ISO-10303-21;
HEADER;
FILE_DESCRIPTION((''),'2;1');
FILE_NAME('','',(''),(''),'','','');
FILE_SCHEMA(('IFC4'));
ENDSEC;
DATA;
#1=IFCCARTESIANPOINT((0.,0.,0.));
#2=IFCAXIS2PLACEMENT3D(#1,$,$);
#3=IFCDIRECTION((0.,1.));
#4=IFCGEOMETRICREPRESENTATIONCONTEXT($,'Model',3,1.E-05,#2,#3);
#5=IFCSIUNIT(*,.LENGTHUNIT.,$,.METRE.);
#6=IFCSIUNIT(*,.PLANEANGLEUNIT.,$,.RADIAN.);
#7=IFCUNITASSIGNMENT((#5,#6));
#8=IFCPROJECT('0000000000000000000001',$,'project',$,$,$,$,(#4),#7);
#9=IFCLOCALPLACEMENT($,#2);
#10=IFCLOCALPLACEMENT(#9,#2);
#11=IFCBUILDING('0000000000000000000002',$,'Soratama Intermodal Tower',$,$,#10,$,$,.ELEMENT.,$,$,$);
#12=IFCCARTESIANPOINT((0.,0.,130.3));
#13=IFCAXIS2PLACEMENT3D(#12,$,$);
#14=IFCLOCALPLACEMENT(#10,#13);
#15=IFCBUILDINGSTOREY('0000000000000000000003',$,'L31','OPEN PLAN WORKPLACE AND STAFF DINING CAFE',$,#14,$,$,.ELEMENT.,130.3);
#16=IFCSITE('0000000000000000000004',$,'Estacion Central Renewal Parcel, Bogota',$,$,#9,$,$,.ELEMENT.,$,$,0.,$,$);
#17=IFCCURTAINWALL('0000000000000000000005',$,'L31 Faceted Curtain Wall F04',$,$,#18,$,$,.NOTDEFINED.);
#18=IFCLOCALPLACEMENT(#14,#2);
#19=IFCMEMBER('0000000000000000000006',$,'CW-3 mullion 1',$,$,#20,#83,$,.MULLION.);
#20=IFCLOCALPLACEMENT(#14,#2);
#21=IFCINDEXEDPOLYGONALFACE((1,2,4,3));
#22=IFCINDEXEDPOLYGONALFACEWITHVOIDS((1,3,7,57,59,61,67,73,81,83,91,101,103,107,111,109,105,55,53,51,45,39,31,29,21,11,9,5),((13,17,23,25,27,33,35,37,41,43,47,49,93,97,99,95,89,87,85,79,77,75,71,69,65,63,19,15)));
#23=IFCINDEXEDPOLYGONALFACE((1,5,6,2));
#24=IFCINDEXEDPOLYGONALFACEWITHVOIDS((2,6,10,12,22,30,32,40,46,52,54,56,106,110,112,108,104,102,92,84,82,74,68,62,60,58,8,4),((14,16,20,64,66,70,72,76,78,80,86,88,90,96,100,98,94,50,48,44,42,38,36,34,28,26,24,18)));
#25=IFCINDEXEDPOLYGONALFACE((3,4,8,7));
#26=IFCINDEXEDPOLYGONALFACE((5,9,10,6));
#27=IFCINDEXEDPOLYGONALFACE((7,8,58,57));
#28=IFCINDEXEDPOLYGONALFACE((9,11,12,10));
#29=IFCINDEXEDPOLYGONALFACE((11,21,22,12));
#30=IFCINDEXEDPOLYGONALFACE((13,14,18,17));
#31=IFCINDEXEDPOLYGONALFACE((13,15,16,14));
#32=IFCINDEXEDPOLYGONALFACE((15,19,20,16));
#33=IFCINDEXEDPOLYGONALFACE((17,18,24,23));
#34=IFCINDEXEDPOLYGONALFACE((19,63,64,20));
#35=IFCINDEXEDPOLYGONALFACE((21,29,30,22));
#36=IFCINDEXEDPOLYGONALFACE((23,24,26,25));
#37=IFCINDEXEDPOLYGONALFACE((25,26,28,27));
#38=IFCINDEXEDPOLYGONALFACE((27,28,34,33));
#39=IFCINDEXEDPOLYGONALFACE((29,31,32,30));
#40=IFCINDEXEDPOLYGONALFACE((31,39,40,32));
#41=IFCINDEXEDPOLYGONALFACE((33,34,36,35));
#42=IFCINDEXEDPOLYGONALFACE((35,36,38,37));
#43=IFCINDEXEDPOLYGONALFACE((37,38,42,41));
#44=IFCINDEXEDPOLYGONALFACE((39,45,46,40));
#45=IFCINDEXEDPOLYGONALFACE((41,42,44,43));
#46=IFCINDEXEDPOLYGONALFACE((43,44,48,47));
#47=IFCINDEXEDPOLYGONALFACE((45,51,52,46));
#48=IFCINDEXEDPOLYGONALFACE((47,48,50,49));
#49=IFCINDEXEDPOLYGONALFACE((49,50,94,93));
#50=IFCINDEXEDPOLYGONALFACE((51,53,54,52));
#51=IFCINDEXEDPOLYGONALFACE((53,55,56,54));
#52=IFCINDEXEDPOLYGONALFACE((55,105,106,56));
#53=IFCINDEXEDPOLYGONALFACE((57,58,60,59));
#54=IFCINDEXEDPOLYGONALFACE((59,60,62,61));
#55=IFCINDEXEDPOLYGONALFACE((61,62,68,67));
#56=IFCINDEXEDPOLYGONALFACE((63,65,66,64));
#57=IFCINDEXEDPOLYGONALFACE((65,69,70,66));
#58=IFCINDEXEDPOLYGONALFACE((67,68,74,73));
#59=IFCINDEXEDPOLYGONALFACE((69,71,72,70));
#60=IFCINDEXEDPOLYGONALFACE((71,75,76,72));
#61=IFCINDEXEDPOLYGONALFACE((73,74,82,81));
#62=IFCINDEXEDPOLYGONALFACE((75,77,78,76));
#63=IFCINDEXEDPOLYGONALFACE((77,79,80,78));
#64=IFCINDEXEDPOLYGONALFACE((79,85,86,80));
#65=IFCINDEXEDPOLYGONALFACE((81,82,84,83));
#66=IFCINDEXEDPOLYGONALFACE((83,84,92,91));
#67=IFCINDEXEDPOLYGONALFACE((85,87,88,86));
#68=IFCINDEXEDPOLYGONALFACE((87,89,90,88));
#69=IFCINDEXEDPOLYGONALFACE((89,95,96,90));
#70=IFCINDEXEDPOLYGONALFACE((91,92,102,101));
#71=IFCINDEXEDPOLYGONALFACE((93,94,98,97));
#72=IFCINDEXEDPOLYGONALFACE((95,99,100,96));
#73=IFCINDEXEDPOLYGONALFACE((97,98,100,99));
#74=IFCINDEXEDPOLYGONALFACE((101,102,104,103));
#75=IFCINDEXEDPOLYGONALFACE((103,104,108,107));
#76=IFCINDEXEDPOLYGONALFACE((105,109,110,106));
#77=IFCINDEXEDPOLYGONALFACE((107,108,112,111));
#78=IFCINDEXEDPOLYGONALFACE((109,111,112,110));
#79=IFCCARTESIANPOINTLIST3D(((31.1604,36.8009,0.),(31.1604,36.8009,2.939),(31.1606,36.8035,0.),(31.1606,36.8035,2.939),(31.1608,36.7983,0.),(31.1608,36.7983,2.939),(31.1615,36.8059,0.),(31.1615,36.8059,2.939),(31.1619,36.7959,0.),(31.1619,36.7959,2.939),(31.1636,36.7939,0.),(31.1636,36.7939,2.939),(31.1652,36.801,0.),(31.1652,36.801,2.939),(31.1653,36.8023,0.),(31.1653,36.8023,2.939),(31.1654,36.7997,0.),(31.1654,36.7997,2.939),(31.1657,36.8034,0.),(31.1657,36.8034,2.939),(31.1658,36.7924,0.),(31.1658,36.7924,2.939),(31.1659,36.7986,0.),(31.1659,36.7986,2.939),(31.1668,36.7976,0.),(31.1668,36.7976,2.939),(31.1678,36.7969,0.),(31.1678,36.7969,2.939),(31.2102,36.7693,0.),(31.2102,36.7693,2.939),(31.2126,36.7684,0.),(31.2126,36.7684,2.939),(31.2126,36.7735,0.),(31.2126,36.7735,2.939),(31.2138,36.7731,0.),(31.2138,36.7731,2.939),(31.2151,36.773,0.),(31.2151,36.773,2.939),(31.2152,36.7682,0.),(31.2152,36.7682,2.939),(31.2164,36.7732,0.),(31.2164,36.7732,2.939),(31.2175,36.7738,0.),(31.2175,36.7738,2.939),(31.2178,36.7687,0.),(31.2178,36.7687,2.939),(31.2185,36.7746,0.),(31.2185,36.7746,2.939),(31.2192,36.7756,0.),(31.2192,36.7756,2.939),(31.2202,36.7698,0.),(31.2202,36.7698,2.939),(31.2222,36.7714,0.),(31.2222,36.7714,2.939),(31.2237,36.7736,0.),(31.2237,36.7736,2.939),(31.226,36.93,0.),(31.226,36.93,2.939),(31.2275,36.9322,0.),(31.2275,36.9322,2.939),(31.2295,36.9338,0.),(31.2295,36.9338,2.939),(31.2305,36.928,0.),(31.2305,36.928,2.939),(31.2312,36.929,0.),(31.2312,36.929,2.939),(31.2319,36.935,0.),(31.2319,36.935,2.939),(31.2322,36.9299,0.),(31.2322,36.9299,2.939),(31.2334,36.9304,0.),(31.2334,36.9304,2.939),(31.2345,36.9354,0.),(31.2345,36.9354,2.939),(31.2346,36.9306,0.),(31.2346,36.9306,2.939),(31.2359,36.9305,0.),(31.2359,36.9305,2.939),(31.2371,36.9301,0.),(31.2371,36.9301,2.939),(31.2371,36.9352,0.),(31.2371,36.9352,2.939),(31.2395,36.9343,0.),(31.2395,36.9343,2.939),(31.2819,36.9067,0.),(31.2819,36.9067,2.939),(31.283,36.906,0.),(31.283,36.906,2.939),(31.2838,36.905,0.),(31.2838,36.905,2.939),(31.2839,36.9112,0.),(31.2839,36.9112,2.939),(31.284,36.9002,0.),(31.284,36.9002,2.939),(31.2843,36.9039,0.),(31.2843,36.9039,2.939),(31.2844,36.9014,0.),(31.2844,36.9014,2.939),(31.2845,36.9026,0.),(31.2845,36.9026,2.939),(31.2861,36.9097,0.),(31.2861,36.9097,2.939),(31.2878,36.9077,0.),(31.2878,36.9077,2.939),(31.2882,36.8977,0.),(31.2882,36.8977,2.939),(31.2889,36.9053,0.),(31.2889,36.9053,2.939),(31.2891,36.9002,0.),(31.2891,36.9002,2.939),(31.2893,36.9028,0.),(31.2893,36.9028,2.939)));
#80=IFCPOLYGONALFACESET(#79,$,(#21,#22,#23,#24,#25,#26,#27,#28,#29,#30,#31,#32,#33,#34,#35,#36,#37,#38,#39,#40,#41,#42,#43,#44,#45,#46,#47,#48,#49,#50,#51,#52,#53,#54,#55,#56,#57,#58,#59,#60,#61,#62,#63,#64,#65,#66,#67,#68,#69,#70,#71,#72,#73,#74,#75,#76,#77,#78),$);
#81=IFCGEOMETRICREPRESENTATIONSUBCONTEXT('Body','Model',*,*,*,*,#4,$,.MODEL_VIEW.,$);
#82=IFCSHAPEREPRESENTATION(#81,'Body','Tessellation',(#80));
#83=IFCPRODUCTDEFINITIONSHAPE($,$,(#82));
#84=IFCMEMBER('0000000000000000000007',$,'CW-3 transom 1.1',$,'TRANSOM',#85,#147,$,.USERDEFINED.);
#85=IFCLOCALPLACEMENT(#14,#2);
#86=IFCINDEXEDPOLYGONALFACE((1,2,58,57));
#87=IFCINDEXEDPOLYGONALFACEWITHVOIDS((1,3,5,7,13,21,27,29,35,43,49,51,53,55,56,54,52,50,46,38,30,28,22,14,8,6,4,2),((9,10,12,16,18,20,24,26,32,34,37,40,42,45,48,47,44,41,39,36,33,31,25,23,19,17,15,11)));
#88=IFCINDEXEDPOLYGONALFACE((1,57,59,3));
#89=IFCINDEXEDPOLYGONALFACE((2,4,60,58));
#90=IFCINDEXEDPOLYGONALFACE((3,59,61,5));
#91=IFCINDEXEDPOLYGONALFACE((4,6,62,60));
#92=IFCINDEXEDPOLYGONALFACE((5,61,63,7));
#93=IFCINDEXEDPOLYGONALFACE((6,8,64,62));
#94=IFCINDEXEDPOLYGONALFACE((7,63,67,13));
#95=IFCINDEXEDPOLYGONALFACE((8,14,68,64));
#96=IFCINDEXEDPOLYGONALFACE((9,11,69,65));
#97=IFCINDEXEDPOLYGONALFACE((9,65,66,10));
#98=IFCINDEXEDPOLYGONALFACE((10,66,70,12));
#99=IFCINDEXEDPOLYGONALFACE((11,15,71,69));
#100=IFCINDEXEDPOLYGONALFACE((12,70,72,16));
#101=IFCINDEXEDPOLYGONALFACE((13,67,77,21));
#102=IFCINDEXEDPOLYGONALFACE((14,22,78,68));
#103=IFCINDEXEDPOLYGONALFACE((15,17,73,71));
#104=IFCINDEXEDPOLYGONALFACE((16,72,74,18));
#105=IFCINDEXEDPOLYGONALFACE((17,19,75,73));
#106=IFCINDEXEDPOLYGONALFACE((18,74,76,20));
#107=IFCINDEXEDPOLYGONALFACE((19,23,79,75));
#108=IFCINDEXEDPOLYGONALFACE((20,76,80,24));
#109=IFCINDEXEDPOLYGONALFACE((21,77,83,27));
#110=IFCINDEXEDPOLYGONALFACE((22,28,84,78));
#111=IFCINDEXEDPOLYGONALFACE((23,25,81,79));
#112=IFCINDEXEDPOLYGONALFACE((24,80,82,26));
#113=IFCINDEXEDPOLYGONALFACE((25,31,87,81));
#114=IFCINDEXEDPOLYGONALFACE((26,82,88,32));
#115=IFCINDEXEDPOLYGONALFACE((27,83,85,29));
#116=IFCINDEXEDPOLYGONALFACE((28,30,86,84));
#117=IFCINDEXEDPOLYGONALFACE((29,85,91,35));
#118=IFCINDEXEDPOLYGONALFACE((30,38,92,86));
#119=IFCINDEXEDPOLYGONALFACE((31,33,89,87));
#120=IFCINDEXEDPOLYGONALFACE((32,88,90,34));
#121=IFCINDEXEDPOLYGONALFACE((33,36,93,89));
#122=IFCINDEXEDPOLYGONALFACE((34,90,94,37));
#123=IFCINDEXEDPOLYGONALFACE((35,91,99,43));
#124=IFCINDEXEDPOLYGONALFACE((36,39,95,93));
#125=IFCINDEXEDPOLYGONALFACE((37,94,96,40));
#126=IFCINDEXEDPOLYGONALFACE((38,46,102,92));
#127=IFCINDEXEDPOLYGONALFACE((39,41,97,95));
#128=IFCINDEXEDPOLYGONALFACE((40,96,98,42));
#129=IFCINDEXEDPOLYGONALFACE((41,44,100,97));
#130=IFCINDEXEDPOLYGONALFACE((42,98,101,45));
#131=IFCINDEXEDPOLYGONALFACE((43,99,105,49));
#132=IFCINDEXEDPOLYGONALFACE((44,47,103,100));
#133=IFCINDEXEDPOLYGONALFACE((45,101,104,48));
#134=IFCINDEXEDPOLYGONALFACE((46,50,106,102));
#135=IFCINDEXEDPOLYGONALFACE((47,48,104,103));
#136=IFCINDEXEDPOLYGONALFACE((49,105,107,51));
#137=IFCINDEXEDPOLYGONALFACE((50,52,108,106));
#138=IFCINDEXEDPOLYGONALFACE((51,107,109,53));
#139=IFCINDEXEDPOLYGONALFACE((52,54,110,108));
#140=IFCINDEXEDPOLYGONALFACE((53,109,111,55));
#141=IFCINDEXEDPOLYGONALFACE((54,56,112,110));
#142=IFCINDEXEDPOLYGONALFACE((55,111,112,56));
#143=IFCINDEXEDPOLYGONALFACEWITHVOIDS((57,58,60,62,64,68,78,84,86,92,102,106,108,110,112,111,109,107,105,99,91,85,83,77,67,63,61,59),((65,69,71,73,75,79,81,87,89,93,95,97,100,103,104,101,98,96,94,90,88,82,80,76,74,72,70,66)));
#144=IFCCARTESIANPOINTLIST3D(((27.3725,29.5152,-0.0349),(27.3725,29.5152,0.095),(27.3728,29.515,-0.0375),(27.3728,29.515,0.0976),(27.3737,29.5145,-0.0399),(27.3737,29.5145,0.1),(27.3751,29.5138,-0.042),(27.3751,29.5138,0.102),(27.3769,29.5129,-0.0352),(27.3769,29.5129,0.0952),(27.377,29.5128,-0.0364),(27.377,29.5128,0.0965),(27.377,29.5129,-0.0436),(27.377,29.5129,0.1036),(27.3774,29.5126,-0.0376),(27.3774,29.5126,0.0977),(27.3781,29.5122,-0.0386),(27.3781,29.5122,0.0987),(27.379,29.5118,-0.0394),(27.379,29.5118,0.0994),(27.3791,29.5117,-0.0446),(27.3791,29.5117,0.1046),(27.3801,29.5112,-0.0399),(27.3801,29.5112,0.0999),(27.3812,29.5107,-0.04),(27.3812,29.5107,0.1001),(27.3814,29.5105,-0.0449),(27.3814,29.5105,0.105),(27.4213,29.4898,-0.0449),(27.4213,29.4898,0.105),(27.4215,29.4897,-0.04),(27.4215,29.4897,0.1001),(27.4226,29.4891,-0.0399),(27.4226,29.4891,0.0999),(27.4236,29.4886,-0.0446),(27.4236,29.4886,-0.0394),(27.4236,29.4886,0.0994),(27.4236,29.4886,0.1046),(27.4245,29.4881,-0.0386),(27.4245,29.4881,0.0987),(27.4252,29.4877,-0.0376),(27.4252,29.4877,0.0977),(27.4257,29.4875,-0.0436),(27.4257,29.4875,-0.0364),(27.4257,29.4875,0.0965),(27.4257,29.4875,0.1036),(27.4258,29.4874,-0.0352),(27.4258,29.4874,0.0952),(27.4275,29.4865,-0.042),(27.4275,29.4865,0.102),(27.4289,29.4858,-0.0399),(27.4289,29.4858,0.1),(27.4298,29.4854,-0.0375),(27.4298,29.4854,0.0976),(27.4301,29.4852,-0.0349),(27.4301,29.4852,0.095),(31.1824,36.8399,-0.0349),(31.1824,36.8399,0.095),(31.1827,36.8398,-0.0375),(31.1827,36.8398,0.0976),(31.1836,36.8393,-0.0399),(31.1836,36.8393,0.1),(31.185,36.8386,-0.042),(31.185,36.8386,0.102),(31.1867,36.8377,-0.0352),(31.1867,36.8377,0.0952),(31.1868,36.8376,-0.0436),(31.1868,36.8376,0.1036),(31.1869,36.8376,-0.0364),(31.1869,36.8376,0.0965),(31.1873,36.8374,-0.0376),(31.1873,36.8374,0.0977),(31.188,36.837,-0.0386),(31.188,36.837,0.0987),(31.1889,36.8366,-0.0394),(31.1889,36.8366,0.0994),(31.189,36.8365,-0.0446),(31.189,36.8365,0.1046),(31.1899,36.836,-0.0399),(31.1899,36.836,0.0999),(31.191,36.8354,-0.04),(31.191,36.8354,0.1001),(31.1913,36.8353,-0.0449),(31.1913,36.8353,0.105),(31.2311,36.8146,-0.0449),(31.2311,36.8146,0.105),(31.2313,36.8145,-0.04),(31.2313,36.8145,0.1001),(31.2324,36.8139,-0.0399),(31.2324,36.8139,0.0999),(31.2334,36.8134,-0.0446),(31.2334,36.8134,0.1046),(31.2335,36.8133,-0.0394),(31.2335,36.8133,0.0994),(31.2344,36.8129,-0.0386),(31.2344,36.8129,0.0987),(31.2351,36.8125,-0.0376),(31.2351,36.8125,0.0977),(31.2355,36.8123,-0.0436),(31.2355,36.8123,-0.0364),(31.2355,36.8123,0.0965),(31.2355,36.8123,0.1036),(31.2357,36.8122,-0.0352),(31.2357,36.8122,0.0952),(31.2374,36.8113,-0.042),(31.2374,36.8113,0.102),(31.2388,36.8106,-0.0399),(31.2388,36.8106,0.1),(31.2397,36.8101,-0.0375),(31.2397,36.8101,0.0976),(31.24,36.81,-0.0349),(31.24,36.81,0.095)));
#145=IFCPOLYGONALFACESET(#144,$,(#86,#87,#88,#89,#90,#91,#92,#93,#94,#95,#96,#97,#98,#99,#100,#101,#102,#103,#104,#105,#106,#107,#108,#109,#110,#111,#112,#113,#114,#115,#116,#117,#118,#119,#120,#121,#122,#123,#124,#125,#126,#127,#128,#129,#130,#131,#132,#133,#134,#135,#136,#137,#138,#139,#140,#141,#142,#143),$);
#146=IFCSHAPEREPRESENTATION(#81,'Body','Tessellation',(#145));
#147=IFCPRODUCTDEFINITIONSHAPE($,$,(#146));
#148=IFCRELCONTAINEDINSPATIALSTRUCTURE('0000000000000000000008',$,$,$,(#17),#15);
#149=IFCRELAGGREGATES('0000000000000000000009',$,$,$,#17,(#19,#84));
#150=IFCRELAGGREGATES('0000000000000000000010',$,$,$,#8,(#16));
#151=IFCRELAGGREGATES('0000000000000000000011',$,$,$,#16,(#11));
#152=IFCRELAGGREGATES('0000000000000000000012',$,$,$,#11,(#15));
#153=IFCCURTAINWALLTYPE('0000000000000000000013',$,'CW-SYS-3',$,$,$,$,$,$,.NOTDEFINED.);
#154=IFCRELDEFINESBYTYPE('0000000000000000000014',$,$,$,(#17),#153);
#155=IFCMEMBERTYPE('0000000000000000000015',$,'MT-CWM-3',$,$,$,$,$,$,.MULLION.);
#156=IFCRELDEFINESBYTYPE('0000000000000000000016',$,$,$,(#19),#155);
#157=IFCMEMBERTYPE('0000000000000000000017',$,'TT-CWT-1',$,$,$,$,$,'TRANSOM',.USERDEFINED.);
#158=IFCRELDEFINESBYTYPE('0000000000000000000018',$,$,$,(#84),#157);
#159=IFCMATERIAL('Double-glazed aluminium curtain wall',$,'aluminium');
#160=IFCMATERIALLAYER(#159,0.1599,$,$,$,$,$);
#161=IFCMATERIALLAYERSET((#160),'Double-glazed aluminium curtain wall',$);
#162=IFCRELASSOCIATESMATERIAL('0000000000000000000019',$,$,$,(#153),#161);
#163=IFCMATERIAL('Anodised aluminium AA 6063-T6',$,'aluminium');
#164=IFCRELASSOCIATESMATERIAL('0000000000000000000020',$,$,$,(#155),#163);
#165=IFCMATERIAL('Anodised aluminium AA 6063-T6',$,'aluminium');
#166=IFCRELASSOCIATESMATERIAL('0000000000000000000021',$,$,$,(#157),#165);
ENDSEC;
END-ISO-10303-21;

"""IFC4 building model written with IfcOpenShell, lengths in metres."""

from ifc_helpers import new_model, si_unit, direction, frame, origin, origin_2d, place, context, subcontext, project, spatial, hollow_rectangle, extrude, material, layer, layer_set, material_profile, profile_set, type_object, element, aggregate, save


model = new_model("IFC4")

# Units and contexts
model_context = context("Model", 3, precision=1e-05, world=origin(), true_north=direction((0.0, 1.0)))
body_context = subcontext(model_context, "Body", "Model", "MODEL_VIEW")
ifc_project = project(units=[si_unit("LENGTHUNIT", "METRE"), si_unit("PLANEANGLEUNIT", "RADIAN")], contexts=[model_context])

# Site, building, storey
site_placement = place(None, origin())
site = spatial("IfcSite", under=ifc_project, at=site_placement, Name="Estacion Central Renewal Parcel, Bogota", CompositionType="ELEMENT", RefElevation=0.0)
building_placement = place(site_placement, origin())
building = spatial("IfcBuilding", under=site, at=building_placement, Name="Soratama Intermodal Tower", CompositionType="ELEMENT")
storey_placement = place(building_placement, frame((0.0, 0.0, 130.3)))
storey = spatial("IfcBuildingStorey", under=building, at=storey_placement, Name="L31", Description="OPEN PLAN WORKPLACE AND STAFF DINING CAFE", CompositionType="ELEMENT", Elevation=130.3)

# Shared definitions
ifc_material_1 = material(Name="Double-glazed aluminium curtain wall", Category="aluminium")
ifc_layer_1 = layer(ifc_material_1, 0.1599)
ifc_layer_set_1 = layer_set([ifc_layer_1], Name="Double-glazed aluminium curtain wall")
curtain_wall_type = type_object("IfcCurtainWallType", Name="CW-SYS-3", PredefinedType="NOTDEFINED", material=ifc_layer_set_1)
ifc_material_2 = material(Name="Anodised aluminium AA 6063-T6", Category="aluminium")
ifc_material_profile_1 = material_profile(ifc_material_2, hollow_rectangle(XDim=0.0701, YDim=0.1599, WallThickness=0.0049, InnerFilletRadius=0.0049, OuterFilletRadius=0.01, at=origin_2d()), Name="CWM160X70X5")
ifc_profile_set_1 = profile_set([ifc_material_profile_1], Name="Anodised aluminium AA 6063-T6")
member_type_1 = type_object("IfcMemberType", Name="MT-CWM-3", PredefinedType="MULLION", material=ifc_profile_set_1)

# Curtain wall, members
curtain_wall_1_placement = place(storey_placement, origin())
curtain_wall_1 = element("IfcCurtainWall", 1, at=curtain_wall_1_placement, inside=storey, type_object=curtain_wall_type, Name="L31 Faceted Curtain Wall F04", PredefinedType="NOTDEFINED")
member_1_placement = place(storey_placement, frame((31.2249, 36.8518, 0.0), z_axis=(0.0, 0.0, 1.0), x_axis=(0.887174, -0.461435, 0.0)))
member_1 = element("IfcMember", 2, at=member_1_placement, type_object=member_type_1, Name="CW-3 mullion 1", PredefinedType="MULLION", context=body_context, shape_type="SweptSolid", body=[
    extrude(hollow_rectangle(XDim=0.0701, YDim=0.1599, WallThickness=0.0049, InnerFilletRadius=0.0049, OuterFilletRadius=0.01, at=origin_2d()), origin(), (0.0, 0.0, 1.0), 2.939),
])
ifc_material_3 = material(Name="Anodised aluminium AA 6063-T6", Category="aluminium")
ifc_material_profile_2 = material_profile(ifc_material_3, hollow_rectangle(XDim=0.0649, YDim=0.1499, WallThickness=0.0049, InnerFilletRadius=0.0049, OuterFilletRadius=0.01, at=origin_2d()), Name="CWT150X65X5")
ifc_profile_set_2 = profile_set([ifc_material_profile_2], Name="Anodised aluminium AA 6063-T6")
member_type_2 = type_object("IfcMemberType", Name="TT-CWT-1", ElementType="TRANSOM", PredefinedType="USERDEFINED", material=ifc_profile_set_2)
member_2_placement = place(storey_placement, frame((31.2112, 36.825, 0.03), z_axis=(-0.461445, -0.887169, 0.0), x_axis=(0.887169, -0.461445, 0.0)))
member_2 = element("IfcMember", 3, at=member_2_placement, type_object=member_type_2, Name="CW-3 transom 1.1", ObjectType="TRANSOM", PredefinedType="USERDEFINED", context=body_context, shape_type="SweptSolid", body=[
    extrude(hollow_rectangle(XDim=0.0649, YDim=0.1499, WallThickness=0.0049, InnerFilletRadius=0.0049, OuterFilletRadius=0.01, at=origin_2d()), origin(), (0.0, 0.0, 1.0), 8.2563),
])
aggregate(curtain_wall_1, [member_1, member_2])

save(model, "model.ifc")
